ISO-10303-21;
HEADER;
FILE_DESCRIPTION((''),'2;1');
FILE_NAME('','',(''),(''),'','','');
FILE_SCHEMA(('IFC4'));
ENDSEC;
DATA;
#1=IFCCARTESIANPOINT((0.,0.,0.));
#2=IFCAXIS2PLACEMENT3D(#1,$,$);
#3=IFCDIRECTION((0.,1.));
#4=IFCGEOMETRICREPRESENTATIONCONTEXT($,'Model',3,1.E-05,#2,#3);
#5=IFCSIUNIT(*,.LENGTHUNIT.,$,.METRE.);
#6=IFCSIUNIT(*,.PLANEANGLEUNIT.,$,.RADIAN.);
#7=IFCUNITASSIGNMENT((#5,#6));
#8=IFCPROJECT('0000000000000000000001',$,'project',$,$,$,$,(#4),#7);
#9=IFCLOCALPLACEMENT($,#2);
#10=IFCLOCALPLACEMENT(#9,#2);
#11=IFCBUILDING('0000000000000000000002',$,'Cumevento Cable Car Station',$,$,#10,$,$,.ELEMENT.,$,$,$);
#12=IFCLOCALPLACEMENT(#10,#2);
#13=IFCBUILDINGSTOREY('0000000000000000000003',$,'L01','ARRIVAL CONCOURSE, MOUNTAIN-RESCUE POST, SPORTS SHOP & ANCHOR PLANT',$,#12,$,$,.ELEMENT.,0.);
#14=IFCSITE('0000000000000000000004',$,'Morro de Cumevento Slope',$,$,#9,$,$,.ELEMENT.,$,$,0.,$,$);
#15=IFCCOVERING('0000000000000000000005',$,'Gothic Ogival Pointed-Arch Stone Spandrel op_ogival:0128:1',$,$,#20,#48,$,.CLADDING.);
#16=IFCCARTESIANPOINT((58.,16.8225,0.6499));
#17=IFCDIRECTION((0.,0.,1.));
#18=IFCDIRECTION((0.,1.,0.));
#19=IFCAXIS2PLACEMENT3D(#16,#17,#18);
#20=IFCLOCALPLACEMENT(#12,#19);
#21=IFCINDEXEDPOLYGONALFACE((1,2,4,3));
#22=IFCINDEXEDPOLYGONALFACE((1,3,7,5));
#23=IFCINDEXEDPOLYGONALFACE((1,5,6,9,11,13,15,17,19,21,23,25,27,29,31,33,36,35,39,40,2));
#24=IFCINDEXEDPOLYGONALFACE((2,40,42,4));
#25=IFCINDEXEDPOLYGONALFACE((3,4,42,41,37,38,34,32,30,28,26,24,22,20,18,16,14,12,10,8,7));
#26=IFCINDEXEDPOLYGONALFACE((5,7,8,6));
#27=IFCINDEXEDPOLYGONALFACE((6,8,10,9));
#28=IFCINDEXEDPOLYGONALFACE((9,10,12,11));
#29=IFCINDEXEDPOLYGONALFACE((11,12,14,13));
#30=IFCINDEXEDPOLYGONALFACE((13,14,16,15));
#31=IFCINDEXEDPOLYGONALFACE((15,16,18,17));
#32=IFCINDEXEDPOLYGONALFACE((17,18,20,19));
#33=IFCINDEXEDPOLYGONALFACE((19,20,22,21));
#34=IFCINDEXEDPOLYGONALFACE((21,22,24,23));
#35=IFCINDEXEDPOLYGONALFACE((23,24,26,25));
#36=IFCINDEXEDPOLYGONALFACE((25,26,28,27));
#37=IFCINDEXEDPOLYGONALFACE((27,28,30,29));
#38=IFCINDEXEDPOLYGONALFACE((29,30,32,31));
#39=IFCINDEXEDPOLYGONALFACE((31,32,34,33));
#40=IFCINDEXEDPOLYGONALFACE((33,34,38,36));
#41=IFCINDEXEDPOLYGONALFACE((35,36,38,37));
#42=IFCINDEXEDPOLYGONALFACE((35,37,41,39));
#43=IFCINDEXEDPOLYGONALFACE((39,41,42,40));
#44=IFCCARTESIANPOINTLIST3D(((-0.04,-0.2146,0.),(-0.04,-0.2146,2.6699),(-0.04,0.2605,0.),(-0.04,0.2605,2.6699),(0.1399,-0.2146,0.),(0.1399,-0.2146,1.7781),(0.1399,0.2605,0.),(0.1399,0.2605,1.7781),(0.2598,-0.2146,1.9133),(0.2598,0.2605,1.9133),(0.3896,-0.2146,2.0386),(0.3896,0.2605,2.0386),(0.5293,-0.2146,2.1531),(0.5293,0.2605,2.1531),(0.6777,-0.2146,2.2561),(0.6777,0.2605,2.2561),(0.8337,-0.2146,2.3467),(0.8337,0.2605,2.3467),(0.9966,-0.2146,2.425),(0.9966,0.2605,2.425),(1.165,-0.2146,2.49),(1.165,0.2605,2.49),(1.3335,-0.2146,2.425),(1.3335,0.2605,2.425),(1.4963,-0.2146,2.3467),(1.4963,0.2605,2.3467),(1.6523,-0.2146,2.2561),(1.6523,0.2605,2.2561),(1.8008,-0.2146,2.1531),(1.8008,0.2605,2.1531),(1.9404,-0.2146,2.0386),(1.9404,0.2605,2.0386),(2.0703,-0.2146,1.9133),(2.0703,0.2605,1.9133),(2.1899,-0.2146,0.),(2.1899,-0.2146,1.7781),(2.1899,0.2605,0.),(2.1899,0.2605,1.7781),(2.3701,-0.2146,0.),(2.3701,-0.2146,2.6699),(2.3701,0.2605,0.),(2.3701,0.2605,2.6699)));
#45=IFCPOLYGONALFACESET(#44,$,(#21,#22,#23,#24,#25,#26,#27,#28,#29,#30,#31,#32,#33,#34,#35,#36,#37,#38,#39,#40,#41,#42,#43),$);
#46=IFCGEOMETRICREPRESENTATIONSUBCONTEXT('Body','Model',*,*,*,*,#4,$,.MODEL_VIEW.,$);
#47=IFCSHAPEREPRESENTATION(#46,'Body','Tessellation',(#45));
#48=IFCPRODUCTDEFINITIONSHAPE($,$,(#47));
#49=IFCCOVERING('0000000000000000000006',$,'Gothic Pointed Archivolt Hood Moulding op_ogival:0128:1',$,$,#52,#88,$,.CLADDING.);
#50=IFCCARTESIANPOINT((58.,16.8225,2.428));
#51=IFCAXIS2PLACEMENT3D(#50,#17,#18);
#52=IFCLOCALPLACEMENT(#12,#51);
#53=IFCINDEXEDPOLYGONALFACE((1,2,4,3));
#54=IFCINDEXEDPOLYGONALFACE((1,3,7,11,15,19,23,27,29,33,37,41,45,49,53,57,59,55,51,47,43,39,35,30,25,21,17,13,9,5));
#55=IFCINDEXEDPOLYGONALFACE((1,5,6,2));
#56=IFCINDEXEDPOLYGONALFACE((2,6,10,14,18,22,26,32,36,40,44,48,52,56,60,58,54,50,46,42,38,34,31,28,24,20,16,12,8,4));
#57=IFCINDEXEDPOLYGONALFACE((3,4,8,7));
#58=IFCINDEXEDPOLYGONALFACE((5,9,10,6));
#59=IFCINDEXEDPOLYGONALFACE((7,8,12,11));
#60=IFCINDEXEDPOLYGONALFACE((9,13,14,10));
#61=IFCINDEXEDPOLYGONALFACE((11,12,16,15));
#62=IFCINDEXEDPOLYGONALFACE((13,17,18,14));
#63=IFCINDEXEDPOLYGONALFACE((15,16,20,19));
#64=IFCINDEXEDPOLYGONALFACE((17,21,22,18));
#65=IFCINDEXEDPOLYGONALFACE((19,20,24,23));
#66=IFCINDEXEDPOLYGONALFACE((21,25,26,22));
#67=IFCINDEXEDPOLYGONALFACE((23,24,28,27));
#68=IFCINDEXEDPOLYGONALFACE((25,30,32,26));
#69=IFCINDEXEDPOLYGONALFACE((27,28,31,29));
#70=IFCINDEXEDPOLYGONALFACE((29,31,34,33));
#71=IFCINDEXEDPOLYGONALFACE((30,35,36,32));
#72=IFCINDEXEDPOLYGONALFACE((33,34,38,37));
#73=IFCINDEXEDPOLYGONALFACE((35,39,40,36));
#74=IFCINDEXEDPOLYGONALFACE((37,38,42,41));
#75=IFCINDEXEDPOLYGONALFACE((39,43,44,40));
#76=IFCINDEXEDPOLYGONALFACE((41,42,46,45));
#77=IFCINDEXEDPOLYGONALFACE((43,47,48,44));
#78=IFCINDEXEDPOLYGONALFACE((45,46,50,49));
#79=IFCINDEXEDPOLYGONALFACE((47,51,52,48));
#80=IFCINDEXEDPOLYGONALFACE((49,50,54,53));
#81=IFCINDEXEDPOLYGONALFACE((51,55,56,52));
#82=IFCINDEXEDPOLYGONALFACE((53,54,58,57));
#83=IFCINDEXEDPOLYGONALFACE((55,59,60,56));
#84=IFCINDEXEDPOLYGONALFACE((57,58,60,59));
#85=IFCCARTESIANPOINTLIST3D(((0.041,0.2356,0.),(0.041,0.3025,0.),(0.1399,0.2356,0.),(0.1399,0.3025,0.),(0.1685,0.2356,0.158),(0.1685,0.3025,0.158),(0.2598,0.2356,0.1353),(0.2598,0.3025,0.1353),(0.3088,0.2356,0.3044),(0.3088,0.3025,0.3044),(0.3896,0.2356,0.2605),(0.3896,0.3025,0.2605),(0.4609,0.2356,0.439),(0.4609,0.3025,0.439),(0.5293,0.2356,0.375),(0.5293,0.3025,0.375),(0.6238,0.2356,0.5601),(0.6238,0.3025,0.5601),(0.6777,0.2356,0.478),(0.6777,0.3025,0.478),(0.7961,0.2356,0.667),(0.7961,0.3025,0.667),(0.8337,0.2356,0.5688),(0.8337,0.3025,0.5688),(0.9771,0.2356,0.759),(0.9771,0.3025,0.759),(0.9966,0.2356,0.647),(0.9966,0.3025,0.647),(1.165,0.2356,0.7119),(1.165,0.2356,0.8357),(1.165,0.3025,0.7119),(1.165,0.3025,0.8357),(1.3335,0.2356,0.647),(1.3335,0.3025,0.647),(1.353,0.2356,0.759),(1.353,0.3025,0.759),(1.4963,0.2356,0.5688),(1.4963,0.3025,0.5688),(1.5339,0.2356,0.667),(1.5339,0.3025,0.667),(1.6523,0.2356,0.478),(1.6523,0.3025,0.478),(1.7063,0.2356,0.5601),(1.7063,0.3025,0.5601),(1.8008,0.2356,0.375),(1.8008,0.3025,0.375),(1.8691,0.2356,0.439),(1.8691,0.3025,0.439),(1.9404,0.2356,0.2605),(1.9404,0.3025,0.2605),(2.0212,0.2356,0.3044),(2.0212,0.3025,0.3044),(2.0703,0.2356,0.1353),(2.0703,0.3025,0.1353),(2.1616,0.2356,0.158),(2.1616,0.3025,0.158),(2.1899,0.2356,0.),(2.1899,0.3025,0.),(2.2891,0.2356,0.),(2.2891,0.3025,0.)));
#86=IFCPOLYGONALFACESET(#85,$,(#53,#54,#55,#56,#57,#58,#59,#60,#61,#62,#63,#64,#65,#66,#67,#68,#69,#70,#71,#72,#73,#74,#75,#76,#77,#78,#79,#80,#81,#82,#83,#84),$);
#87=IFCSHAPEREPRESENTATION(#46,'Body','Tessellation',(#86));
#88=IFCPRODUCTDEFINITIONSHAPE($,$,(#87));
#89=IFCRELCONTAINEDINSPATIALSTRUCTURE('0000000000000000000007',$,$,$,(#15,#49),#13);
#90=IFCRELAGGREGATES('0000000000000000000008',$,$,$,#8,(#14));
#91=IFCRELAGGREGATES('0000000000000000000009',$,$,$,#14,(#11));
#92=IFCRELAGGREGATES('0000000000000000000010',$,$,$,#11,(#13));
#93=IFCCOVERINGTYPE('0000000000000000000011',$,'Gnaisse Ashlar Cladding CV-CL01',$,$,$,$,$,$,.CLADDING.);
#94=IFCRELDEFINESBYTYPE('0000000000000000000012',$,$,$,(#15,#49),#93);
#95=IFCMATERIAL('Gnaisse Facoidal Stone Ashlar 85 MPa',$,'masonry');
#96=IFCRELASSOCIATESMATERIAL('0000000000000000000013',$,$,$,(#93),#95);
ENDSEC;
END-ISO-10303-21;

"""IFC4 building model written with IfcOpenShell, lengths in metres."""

from ifc_helpers import new_model, si_unit, direction, frame, origin, place, context, subcontext, project, spatial, polyline, outline, extrude, material, type_object, element, save


model = new_model("IFC4")

# Units and contexts
model_context = context("Model", 3, precision=1e-05, world=origin(), true_north=direction((0.0, 1.0)))
body_context = subcontext(model_context, "Body", "Model", "MODEL_VIEW")
ifc_project = project(units=[si_unit("LENGTHUNIT", "METRE"), si_unit("PLANEANGLEUNIT", "RADIAN")], contexts=[model_context])

# Site, building, storey
site_placement = place(None, origin())
site = spatial("IfcSite", under=ifc_project, at=site_placement, Name="Morro de Cumevento Slope", CompositionType="ELEMENT", RefElevation=0.0)
building_placement = place(site_placement, origin())
building = spatial("IfcBuilding", under=site, at=building_placement, Name="Cumevento Cable Car Station", CompositionType="ELEMENT")
storey_placement = place(building_placement, origin())
storey = spatial("IfcBuildingStorey", under=building, at=storey_placement, Name="L01", Description="ARRIVAL CONCOURSE, MOUNTAIN-RESCUE POST, SPORTS SHOP & ANCHOR PLANT", CompositionType="ELEMENT", Elevation=0.0)

# Coverings
ifc_material_1 = material(Name="Gnaisse Facoidal Stone Ashlar 85 MPa", Category="masonry")
covering_type = type_object("IfcCoveringType", Name="Gnaisse Ashlar Cladding CV-CL01", PredefinedType="CLADDING", material=ifc_material_1)
covering_1_placement = place(storey_placement, frame((58.0, 16.8225, 0.6499), z_axis=(0.0, 0.0, 1.0), x_axis=(0.0, 1.0, 0.0)))
element("IfcCovering", 1, at=covering_1_placement, inside=storey, type_object=covering_type, Name="Gothic Ogival Pointed-Arch Stone Spandrel op_ogival:0128:1", PredefinedType="CLADDING", context=body_context, shape_type="SweptSolid", body=[
    extrude(outline(polyline([(-0.04, 0.0), (-0.04, 2.6699), (2.3701, 2.6699), (2.3701, 0.0), (2.1899, 0.0), (2.1899, 1.7781), (2.0703, 1.9133), (1.9404, 2.0386), (1.8008, 2.1531), (1.6523, 2.2561), (1.4963, 2.3467), (1.3335, 2.425), (1.165, 2.49), (0.9966, 2.425), (0.8337, 2.3467), (0.6777, 2.2561), (0.5293, 2.1531), (0.3896, 2.0386), (0.2598, 1.9133), (0.1399, 1.7781), (0.1399, 0.0), (-0.04, 0.0)])), frame((0.0, 0.2605, 0.0), z_axis=(0.0, -1.0, 0.0), x_axis=(1.0, 0.0, 0.0)), (0.0, 0.0, 1.0), 0.4751),
])
covering_2_placement = place(storey_placement, frame((58.0, 16.8225, 2.428), z_axis=(0.0, 0.0, 1.0), x_axis=(0.0, 1.0, 0.0)))
element("IfcCovering", 2, at=covering_2_placement, inside=storey, type_object=covering_type, Name="Gothic Pointed Archivolt Hood Moulding op_ogival:0128:1", PredefinedType="CLADDING", context=body_context, shape_type="SweptSolid", body=[
    extrude(outline(polyline([(0.1399, 0.0), (0.2598, 0.1353), (0.3896, 0.2605), (0.5293, 0.375), (0.6777, 0.478), (0.8337, 0.5688), (0.9966, 0.647), (1.165, 0.7119), (1.3335, 0.647), (1.4963, 0.5688), (1.6523, 0.478), (1.8008, 0.375), (1.9404, 0.2605), (2.0703, 0.1353), (2.1899, 0.0), (2.2891, 0.0), (2.1616, 0.158), (2.0212, 0.3044), (1.8691, 0.439), (1.7063, 0.5601), (1.5339, 0.667), (1.353, 0.759), (1.165, 0.8357), (0.9771, 0.759), (0.7961, 0.667), (0.6238, 0.5601), (0.4609, 0.439), (0.3088, 0.3044), (0.1685, 0.158), (0.041, 0.0), (0.1399, 0.0)])), frame((0.0, 0.3025, 0.0), z_axis=(0.0, -1.0, 0.0), x_axis=(1.0, 0.0, 0.0)), (0.0, 0.0, 1.0), 0.0669),
])

save(model, "model.ifc")
